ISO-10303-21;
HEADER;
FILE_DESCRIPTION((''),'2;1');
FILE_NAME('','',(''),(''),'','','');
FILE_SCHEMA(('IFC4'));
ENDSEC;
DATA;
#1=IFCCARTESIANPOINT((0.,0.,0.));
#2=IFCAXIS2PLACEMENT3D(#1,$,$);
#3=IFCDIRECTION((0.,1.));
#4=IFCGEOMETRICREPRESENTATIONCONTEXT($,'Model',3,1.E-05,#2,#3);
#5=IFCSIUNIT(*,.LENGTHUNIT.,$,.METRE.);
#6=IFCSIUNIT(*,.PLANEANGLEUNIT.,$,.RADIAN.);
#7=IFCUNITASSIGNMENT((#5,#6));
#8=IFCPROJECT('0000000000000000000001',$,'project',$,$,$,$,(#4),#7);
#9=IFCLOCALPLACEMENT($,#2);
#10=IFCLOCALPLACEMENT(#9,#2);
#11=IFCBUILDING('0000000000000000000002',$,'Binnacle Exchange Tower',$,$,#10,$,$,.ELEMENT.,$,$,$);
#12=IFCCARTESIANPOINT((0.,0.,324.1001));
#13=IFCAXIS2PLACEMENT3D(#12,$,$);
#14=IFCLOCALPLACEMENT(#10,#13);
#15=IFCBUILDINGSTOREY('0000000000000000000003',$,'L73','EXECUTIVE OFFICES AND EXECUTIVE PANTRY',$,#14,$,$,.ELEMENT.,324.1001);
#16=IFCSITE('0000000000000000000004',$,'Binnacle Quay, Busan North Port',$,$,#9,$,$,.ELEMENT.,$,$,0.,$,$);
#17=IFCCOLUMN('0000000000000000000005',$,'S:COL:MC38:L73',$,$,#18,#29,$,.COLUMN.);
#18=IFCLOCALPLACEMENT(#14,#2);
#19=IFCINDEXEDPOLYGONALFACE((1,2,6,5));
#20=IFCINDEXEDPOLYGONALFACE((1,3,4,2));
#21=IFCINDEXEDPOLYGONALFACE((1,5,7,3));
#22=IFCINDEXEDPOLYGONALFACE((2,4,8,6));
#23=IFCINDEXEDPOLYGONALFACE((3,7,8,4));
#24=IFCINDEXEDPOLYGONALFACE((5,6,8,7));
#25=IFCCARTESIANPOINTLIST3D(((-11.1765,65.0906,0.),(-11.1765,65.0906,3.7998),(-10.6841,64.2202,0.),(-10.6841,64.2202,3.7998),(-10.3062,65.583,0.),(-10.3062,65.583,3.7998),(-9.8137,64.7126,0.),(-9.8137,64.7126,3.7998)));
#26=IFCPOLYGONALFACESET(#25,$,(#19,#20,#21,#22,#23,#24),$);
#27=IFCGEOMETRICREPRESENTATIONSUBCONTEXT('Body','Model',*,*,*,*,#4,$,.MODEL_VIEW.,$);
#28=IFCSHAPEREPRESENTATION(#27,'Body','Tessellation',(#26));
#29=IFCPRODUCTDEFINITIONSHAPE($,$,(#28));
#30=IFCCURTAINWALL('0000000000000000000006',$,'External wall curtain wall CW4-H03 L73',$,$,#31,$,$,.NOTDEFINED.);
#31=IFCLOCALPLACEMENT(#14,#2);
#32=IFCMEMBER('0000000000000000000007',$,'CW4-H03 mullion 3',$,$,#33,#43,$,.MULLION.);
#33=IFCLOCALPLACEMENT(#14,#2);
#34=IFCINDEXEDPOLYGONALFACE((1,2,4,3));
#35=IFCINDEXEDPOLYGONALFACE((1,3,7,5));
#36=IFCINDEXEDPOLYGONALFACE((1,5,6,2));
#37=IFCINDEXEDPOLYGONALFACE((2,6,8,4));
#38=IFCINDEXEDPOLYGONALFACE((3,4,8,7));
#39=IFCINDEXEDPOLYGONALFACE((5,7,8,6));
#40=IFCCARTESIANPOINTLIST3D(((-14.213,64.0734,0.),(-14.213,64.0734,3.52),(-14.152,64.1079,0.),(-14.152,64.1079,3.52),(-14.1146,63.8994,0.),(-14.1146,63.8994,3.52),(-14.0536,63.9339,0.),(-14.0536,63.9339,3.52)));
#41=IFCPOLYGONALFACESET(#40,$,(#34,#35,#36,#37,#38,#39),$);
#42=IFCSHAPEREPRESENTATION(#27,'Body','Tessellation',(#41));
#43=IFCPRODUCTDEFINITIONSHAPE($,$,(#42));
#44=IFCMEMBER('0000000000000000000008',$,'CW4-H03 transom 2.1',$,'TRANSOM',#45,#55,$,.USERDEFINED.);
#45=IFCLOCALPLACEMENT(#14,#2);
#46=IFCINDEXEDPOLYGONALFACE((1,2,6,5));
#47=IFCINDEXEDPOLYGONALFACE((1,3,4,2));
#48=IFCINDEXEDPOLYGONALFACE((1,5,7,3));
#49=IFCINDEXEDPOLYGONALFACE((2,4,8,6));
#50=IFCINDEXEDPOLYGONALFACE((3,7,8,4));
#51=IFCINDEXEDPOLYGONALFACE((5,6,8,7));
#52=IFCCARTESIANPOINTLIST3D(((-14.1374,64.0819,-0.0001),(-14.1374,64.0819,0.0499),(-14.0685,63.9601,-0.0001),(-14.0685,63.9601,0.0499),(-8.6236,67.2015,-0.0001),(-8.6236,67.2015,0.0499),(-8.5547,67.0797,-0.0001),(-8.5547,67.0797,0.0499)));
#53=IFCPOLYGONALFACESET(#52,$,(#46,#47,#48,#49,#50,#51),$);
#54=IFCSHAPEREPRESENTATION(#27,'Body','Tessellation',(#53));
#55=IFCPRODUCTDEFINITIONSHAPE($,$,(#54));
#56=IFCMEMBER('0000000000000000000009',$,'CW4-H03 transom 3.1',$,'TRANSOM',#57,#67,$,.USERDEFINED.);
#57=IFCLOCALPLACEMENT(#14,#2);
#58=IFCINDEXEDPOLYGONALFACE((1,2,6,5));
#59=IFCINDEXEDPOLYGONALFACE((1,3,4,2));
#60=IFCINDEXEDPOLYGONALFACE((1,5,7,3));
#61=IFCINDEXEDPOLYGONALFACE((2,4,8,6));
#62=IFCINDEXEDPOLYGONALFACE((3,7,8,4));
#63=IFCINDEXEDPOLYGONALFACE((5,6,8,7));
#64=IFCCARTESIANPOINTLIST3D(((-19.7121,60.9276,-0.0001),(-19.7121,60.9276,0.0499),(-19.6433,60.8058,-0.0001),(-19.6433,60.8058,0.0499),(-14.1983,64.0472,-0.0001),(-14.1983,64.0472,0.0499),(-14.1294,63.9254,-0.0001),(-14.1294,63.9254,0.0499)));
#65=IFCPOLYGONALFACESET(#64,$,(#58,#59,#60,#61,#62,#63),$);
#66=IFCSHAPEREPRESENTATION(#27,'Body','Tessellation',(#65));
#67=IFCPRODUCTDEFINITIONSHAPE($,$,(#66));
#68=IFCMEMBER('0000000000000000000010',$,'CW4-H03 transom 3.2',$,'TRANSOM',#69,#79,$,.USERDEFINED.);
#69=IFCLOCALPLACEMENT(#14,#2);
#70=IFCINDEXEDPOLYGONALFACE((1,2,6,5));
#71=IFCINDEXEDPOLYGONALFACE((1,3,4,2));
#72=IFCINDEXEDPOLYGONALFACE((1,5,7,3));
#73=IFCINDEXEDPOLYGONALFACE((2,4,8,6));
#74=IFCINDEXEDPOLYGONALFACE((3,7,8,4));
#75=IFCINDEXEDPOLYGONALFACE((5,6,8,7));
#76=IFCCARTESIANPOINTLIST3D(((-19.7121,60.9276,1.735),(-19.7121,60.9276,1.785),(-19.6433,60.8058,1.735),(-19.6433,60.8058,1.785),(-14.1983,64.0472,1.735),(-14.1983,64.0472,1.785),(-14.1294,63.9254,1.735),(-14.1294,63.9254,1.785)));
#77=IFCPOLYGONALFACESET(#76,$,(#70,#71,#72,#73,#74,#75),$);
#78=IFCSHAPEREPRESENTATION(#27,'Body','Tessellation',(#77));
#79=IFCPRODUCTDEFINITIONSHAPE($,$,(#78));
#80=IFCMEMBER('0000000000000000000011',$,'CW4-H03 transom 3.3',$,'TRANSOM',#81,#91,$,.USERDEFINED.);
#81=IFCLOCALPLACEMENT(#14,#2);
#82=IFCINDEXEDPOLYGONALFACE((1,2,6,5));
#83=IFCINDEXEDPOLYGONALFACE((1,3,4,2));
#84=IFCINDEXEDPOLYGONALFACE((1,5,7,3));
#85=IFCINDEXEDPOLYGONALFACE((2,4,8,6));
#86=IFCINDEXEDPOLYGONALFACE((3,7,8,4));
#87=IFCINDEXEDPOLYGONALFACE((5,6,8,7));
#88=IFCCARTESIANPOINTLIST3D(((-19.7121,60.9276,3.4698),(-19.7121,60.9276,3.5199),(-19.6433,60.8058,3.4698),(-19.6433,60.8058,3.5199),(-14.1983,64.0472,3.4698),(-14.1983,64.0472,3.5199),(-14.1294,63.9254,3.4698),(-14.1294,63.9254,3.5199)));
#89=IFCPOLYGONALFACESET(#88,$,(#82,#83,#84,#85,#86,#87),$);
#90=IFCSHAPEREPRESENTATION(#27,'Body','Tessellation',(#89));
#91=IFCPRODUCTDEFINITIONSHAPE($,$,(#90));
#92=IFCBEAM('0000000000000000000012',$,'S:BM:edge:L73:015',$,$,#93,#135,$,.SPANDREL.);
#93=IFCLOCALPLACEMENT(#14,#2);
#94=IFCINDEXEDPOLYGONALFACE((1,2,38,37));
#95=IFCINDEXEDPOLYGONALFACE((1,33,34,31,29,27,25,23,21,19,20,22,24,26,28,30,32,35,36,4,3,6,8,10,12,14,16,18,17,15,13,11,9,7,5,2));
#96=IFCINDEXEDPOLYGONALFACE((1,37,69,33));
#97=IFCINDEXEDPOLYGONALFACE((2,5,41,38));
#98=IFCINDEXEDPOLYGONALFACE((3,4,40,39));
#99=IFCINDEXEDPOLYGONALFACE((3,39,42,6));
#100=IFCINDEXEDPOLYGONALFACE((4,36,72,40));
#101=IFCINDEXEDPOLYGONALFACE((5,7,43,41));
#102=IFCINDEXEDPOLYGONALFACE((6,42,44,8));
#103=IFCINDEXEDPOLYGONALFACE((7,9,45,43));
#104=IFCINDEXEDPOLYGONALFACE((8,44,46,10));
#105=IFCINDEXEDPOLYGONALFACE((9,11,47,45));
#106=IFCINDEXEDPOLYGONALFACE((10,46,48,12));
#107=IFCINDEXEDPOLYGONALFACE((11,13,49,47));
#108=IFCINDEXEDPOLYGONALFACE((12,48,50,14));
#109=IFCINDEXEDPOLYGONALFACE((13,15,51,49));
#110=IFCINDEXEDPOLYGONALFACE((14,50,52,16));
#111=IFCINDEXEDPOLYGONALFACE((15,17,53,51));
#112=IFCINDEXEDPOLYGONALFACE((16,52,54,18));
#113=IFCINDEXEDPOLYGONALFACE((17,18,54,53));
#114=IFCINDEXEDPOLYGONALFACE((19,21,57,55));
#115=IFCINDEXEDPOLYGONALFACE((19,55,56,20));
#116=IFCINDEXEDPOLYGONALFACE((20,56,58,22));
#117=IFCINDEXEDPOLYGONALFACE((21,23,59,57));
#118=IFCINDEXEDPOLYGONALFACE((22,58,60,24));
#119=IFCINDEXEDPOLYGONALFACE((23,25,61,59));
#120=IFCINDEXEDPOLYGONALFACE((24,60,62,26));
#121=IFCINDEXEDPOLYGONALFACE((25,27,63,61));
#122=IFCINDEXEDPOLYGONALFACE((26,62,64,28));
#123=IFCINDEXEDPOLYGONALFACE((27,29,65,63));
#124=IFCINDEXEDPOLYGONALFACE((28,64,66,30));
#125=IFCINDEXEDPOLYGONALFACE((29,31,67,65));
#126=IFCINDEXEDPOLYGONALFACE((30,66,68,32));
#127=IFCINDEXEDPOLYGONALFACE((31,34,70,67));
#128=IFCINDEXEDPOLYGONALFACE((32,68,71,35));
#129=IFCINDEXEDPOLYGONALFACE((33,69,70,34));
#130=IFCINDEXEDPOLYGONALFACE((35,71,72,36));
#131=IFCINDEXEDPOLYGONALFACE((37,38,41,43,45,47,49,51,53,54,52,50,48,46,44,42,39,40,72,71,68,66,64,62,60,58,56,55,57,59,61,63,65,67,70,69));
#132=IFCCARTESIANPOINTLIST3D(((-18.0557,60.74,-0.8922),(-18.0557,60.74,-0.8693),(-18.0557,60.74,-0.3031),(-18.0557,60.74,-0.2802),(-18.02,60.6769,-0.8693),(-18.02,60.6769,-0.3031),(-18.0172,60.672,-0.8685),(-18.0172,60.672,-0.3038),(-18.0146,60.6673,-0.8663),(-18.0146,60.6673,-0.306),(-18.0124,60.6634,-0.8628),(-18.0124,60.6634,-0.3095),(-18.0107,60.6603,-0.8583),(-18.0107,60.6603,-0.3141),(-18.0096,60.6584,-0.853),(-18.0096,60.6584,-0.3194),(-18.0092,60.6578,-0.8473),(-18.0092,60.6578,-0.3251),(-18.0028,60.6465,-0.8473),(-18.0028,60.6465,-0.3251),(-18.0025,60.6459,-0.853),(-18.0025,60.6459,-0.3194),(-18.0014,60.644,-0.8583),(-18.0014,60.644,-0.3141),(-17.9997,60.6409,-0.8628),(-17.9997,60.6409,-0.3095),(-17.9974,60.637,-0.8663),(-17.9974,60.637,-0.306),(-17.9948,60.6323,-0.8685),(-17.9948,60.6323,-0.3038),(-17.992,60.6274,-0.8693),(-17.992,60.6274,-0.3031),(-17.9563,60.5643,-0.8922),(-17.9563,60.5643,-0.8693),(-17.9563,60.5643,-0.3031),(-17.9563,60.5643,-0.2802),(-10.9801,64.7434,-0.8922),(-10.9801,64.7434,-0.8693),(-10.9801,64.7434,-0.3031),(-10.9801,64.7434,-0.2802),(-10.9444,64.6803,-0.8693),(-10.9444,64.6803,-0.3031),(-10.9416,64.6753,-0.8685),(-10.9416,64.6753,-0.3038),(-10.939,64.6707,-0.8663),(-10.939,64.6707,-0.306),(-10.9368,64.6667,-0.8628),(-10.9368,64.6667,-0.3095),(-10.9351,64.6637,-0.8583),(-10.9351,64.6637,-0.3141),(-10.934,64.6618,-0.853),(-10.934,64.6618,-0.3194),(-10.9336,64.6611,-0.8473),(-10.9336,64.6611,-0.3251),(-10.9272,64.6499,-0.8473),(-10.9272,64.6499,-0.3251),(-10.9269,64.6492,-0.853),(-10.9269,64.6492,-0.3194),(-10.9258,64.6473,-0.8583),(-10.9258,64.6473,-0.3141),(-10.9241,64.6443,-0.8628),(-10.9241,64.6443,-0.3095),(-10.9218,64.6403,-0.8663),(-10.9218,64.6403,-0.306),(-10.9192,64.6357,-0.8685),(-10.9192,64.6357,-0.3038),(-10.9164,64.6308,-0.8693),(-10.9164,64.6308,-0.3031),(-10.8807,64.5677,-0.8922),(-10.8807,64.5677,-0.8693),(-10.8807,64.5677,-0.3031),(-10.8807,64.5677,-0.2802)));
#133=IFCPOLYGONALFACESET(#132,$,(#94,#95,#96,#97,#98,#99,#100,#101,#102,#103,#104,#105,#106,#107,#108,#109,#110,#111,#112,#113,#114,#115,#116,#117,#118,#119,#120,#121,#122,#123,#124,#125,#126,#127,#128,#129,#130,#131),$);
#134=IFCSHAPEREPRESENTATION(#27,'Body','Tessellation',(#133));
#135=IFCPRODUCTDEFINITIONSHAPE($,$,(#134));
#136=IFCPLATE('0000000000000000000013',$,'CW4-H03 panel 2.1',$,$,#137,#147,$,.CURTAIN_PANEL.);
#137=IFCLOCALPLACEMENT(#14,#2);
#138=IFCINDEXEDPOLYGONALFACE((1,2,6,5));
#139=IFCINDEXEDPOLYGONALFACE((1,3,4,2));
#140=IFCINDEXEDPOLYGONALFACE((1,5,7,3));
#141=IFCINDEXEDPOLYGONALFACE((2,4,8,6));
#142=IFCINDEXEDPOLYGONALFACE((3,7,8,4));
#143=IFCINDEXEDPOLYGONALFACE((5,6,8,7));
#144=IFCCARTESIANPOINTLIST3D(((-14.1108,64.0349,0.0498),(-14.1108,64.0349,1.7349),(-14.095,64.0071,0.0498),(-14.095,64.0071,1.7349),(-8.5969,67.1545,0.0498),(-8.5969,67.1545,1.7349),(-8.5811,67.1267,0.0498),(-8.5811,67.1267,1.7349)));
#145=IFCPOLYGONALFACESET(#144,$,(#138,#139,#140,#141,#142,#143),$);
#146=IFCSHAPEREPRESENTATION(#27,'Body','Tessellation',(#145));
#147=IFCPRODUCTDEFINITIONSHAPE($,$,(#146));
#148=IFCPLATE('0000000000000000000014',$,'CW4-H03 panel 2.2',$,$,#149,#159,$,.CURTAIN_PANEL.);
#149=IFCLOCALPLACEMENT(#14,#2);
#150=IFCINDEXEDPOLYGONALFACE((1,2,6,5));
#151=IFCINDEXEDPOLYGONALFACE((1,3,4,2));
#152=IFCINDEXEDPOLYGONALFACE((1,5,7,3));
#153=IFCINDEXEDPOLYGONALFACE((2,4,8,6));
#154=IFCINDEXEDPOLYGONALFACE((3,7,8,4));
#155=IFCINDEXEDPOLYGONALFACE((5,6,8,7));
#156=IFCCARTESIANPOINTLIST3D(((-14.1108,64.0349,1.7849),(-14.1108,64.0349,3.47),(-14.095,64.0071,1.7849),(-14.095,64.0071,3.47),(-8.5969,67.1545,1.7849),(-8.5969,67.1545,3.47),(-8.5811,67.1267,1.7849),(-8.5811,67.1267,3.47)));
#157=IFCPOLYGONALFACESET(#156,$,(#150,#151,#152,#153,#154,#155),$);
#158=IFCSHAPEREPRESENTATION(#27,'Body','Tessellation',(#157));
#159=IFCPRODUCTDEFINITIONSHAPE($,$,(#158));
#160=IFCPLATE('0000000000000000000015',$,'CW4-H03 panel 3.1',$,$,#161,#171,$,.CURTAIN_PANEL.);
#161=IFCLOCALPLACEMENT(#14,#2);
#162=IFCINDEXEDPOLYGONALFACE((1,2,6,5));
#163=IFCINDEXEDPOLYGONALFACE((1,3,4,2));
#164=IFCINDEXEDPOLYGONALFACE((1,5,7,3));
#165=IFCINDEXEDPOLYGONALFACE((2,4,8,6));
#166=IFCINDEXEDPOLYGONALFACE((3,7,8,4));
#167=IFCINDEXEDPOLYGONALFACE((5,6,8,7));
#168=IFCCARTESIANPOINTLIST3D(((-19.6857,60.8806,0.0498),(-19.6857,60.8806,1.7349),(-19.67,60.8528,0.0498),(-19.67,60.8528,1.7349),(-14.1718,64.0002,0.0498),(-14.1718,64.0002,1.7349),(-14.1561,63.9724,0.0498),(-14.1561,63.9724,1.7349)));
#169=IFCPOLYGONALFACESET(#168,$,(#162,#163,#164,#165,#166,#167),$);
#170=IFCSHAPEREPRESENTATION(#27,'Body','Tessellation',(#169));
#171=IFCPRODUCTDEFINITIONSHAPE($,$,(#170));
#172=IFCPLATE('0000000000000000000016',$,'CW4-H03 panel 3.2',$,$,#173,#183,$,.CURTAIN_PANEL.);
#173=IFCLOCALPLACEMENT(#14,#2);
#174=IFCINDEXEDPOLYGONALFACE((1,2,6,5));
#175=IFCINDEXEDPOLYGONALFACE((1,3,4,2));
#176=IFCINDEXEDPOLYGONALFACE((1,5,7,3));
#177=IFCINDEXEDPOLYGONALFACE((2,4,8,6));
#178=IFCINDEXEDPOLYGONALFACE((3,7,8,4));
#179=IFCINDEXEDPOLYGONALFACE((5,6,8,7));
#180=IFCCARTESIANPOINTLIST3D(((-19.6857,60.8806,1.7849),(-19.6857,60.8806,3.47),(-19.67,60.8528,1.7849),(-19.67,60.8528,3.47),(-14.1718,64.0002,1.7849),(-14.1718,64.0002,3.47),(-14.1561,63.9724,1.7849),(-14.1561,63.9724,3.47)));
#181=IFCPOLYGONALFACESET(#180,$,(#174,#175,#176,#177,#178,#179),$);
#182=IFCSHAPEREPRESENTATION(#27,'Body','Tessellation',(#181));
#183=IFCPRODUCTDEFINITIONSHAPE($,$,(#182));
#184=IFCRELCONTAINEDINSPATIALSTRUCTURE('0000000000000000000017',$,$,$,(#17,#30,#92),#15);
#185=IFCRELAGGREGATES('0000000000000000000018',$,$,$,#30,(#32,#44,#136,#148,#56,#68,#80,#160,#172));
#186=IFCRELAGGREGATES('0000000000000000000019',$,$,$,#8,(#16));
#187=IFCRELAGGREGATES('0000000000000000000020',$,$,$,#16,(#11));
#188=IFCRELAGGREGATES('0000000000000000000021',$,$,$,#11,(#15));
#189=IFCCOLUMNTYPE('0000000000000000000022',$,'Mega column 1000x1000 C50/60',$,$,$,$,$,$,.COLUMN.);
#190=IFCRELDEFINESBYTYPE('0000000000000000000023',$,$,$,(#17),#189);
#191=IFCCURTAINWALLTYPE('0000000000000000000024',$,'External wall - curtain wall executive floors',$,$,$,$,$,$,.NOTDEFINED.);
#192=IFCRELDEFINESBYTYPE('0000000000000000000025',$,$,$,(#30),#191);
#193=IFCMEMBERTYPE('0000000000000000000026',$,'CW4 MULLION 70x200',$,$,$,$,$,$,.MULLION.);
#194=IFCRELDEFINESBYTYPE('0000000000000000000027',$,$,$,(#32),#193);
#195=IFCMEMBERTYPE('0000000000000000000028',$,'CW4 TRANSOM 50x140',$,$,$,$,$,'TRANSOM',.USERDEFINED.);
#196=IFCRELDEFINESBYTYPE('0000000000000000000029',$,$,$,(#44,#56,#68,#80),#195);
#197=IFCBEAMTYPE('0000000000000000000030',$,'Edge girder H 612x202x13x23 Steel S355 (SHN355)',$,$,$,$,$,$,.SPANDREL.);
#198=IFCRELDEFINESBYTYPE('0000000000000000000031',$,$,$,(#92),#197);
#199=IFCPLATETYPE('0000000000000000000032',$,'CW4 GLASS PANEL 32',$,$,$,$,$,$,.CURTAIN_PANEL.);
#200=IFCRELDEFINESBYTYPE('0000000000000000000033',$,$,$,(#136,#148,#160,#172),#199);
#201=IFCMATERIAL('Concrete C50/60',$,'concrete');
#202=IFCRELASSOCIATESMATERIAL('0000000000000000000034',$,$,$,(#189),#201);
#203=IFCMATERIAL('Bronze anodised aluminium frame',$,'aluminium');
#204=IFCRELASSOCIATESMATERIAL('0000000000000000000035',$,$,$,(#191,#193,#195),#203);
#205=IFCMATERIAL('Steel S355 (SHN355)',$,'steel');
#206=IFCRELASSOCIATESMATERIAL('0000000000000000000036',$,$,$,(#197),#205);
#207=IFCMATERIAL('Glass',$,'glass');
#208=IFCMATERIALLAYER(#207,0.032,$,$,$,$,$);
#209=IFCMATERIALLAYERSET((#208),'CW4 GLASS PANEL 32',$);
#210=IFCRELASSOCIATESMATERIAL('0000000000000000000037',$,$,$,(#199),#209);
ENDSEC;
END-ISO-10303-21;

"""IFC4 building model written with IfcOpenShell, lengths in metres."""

from ifc_helpers import new_model, si_unit, direction, frame, origin, origin_2d, place, context, subcontext, project, spatial, rectangle, i_section, extrude, material, layer, layer_set, material_profile, profile_set, type_object, element, aggregate, save


model = new_model("IFC4")

# Units and contexts
model_context = context("Model", 3, precision=1e-05, world=origin(), true_north=direction((0.0, 1.0)))
body_context = subcontext(model_context, "Body", "Model", "MODEL_VIEW")
ifc_project = project(units=[si_unit("LENGTHUNIT", "METRE"), si_unit("PLANEANGLEUNIT", "RADIAN")], contexts=[model_context])

# Site, building, storey
site_placement = place(None, origin())
site = spatial("IfcSite", under=ifc_project, at=site_placement, Name="Binnacle Quay, Busan North Port", CompositionType="ELEMENT", RefElevation=0.0)
building_placement = place(site_placement, origin())
building = spatial("IfcBuilding", under=site, at=building_placement, Name="Binnacle Exchange Tower", CompositionType="ELEMENT")
storey_placement = place(building_placement, frame((0.0, 0.0, 324.1001)))
storey = spatial("IfcBuildingStorey", under=building, at=storey_placement, Name="L73", Description="EXECUTIVE OFFICES AND EXECUTIVE PANTRY", CompositionType="ELEMENT", Elevation=324.1001)

# Column
ifc_material_1 = material(Name="Concrete C50/60", Category="concrete")
ifc_material_profile_1 = material_profile(ifc_material_1, rectangle(XDim=1.0, YDim=1.0, at=origin_2d()), Name="Mega column 1000x1000 C50/60")
ifc_profile_set_1 = profile_set([ifc_material_profile_1], Name="Concrete C50/60")
column_type = type_object("IfcColumnType", Name="Mega column 1000x1000 C50/60", PredefinedType="COLUMN", material=ifc_profile_set_1)
column_placement = place(storey_placement, frame((-10.4951, 64.9016, 0.0), z_axis=(0.0, 0.0, 1.0), x_axis=(-0.870356, -0.492424, 0.0)))
element("IfcColumn", 1, at=column_placement, inside=storey, type_object=column_type, Name="S:COL:MC38:L73", PredefinedType="COLUMN", context=body_context, shape_type="SweptSolid", body=[
    extrude(rectangle(XDim=1.0, YDim=1.0, at=origin_2d()), origin(), (0.0, 0.0, 1.0), 3.7998),
])

# Curtain wall, members
ifc_material_2 = material(Name="Bronze anodised aluminium frame", Category="aluminium")
curtain_wall_type = type_object("IfcCurtainWallType", Name="External wall - curtain wall executive floors", PredefinedType="NOTDEFINED", material=ifc_material_2)
curtain_wall_placement = place(storey_placement, origin())
curtain_wall = element("IfcCurtainWall", 2, at=curtain_wall_placement, inside=storey, type_object=curtain_wall_type, Name="External wall curtain wall CW4-H03 L73", PredefinedType="NOTDEFINED")
ifc_material_profile_2 = material_profile(ifc_material_2, rectangle(XDim=0.2, YDim=0.0701, at=origin_2d()), Name="AL 70x200")
ifc_profile_set_2 = profile_set([ifc_material_profile_2], Name="Bronze anodised aluminium frame")
member_type_1 = type_object("IfcMemberType", Name="CW4 MULLION 70x200", PredefinedType="MULLION", material=ifc_profile_set_2)
member_1_placement = place(storey_placement, frame((-14.1333, 64.0037, 0.0), z_axis=(0.0, 0.0, 1.0), x_axis=(0.492424, -0.870356, 0.0)))
member_1 = element("IfcMember", 3, at=member_1_placement, type_object=member_type_1, Name="CW4-H03 mullion 3", PredefinedType="MULLION", context=body_context, shape_type="SweptSolid", body=[
    extrude(rectangle(XDim=0.2, YDim=0.0701, at=origin_2d()), origin(), (0.0, 0.0, 1.0), 3.52),
])
ifc_material_profile_3 = material_profile(ifc_material_2, rectangle(XDim=0.1399, YDim=0.05, at=origin_2d()), Name="AL 140x50")
ifc_profile_set_3 = profile_set([ifc_material_profile_3], Name="Bronze anodised aluminium frame")
member_type_2 = type_object("IfcMemberType", Name="CW4 TRANSOM 50x140", ElementType="TRANSOM", PredefinedType="USERDEFINED", material=ifc_profile_set_3)
member_2_placement = place(storey_placement, frame((-8.5891, 67.1406, 0.0249), z_axis=(-0.870355, -0.492424, 0.0), x_axis=(0.492424, -0.870355, 0.0)))
member_2 = element("IfcMember", 4, at=member_2_placement, type_object=member_type_2, Name="CW4-H03 transom 2.1", ObjectType="TRANSOM", PredefinedType="USERDEFINED", context=body_context, shape_type="SweptSolid", body=[
    extrude(rectangle(XDim=0.1399, YDim=0.05, at=origin_2d()), origin(), (0.0, 0.0, 1.0), 6.3352),
])
member_3_placement = place(storey_placement, frame((-14.1638, 63.9863, 0.0249), z_axis=(-0.870355, -0.492424, 0.0), x_axis=(0.492424, -0.870355, 0.0)))
member_3 = element("IfcMember", 5, at=member_3_placement, type_object=member_type_2, Name="CW4-H03 transom 3.1", ObjectType="TRANSOM", PredefinedType="USERDEFINED", context=body_context, shape_type="SweptSolid", body=[
    extrude(rectangle(XDim=0.1399, YDim=0.05, at=origin_2d()), origin(), (0.0, 0.0, 1.0), 6.3352),
])
member_4_placement = place(storey_placement, frame((-14.1638, 63.9863, 1.76), z_axis=(-0.870355, -0.492424, 0.0), x_axis=(0.492424, -0.870355, 0.0)))
member_4 = element("IfcMember", 6, at=member_4_placement, type_object=member_type_2, Name="CW4-H03 transom 3.2", ObjectType="TRANSOM", PredefinedType="USERDEFINED", context=body_context, shape_type="SweptSolid", body=[
    extrude(rectangle(XDim=0.1399, YDim=0.05, at=origin_2d()), origin(), (0.0, 0.0, 1.0), 6.3352),
])
member_5_placement = place(storey_placement, frame((-14.1638, 63.9863, 3.4949), z_axis=(-0.870355, -0.492424, 0.0), x_axis=(0.492424, -0.870355, 0.0)))
member_5 = element("IfcMember", 7, at=member_5_placement, type_object=member_type_2, Name="CW4-H03 transom 3.3", ObjectType="TRANSOM", PredefinedType="USERDEFINED", context=body_context, shape_type="SweptSolid", body=[
    extrude(rectangle(XDim=0.1399, YDim=0.05, at=origin_2d()), origin(), (0.0, 0.0, 1.0), 6.3352),
])

# Beam
ifc_material_3 = material(Name="Steel S355 (SHN355)", Category="steel")
ifc_material_profile_4 = material_profile(ifc_material_3, i_section(OverallWidth=0.2019, OverallDepth=0.6121, WebThickness=0.0129, FlangeThickness=0.0229, FilletRadius=0.022, at=origin_2d()), Name="H 612x202x13x23")
ifc_profile_set_4 = profile_set([ifc_material_profile_4], Name="Steel S355 (SHN355)")
beam_type = type_object("IfcBeamType", Name="Edge girder H 612x202x13x23 Steel S355 (SHN355)", PredefinedType="SPANDREL", material=ifc_profile_set_4)
beam_placement = place(storey_placement, frame((-10.9304, 64.6555, -0.5862), z_axis=(-0.870346, -0.492441, 0.0), x_axis=(0.492441, -0.870346, 0.0)))
element("IfcBeam", 8, at=beam_placement, inside=storey, type_object=beam_type, Name="S:BM:edge:L73:015", PredefinedType="SPANDREL", context=body_context, shape_type="SweptSolid", body=[
    extrude(i_section(OverallWidth=0.2019, OverallDepth=0.6121, WebThickness=0.0129, FlangeThickness=0.0229, FilletRadius=0.022, at=origin_2d()), origin(), (0.0, 0.0, 1.0), 8.1296),
])

# Plates
ifc_material_4 = material(Name="Glass", Category="glass")
ifc_layer_1 = layer(ifc_material_4, 0.032)
ifc_layer_set_1 = layer_set([ifc_layer_1], Name="CW4 GLASS PANEL 32")
plate_type = type_object("IfcPlateType", Name="CW4 GLASS PANEL 32", PredefinedType="CURTAIN_PANEL", material=ifc_layer_set_1)
plate_1_placement = place(storey_placement, frame((-11.3459, 65.5808, 0.0498), z_axis=(0.0, 0.0, 1.0), x_axis=(-0.870356, -0.492424, 0.0)))
plate_1 = element("IfcPlate", 9, at=plate_1_placement, type_object=plate_type, Name="CW4-H03 panel 2.1", PredefinedType="CURTAIN_PANEL", context=body_context, shape_type="SweptSolid", body=[
    extrude(rectangle(XDim=6.3352, YDim=0.032, at=origin_2d()), origin(), (0.0, 0.0, 1.0), 1.6851),
])
plate_2_placement = place(storey_placement, frame((-11.3459, 65.5808, 1.7849), z_axis=(0.0, 0.0, 1.0), x_axis=(-0.870356, -0.492424, 0.0)))
plate_2 = element("IfcPlate", 10, at=plate_2_placement, type_object=plate_type, Name="CW4-H03 panel 2.2", PredefinedType="CURTAIN_PANEL", context=body_context, shape_type="SweptSolid", body=[
    extrude(rectangle(XDim=6.3352, YDim=0.032, at=origin_2d()), origin(), (0.0, 0.0, 1.0), 1.6851),
])
plate_3_placement = place(storey_placement, frame((-16.9209, 62.4265, 0.0498), z_axis=(0.0, 0.0, 1.0), x_axis=(-0.870356, -0.492424, 0.0)))
plate_3 = element("IfcPlate", 11, at=plate_3_placement, type_object=plate_type, Name="CW4-H03 panel 3.1", PredefinedType="CURTAIN_PANEL", context=body_context, shape_type="SweptSolid", body=[
    extrude(rectangle(XDim=6.3352, YDim=0.032, at=origin_2d()), origin(), (0.0, 0.0, 1.0), 1.6851),
])
plate_4_placement = place(storey_placement, frame((-16.9209, 62.4265, 1.7849), z_axis=(0.0, 0.0, 1.0), x_axis=(-0.870356, -0.492424, 0.0)))
plate_4 = element("IfcPlate", 12, at=plate_4_placement, type_object=plate_type, Name="CW4-H03 panel 3.2", PredefinedType="CURTAIN_PANEL", context=body_context, shape_type="SweptSolid", body=[
    extrude(rectangle(XDim=6.3352, YDim=0.032, at=origin_2d()), origin(), (0.0, 0.0, 1.0), 1.6851),
])
aggregate(curtain_wall, [member_1, member_2, plate_1, plate_2, member_3, member_4, member_5, plate_3, plate_4])

save(model, "model.ifc")
